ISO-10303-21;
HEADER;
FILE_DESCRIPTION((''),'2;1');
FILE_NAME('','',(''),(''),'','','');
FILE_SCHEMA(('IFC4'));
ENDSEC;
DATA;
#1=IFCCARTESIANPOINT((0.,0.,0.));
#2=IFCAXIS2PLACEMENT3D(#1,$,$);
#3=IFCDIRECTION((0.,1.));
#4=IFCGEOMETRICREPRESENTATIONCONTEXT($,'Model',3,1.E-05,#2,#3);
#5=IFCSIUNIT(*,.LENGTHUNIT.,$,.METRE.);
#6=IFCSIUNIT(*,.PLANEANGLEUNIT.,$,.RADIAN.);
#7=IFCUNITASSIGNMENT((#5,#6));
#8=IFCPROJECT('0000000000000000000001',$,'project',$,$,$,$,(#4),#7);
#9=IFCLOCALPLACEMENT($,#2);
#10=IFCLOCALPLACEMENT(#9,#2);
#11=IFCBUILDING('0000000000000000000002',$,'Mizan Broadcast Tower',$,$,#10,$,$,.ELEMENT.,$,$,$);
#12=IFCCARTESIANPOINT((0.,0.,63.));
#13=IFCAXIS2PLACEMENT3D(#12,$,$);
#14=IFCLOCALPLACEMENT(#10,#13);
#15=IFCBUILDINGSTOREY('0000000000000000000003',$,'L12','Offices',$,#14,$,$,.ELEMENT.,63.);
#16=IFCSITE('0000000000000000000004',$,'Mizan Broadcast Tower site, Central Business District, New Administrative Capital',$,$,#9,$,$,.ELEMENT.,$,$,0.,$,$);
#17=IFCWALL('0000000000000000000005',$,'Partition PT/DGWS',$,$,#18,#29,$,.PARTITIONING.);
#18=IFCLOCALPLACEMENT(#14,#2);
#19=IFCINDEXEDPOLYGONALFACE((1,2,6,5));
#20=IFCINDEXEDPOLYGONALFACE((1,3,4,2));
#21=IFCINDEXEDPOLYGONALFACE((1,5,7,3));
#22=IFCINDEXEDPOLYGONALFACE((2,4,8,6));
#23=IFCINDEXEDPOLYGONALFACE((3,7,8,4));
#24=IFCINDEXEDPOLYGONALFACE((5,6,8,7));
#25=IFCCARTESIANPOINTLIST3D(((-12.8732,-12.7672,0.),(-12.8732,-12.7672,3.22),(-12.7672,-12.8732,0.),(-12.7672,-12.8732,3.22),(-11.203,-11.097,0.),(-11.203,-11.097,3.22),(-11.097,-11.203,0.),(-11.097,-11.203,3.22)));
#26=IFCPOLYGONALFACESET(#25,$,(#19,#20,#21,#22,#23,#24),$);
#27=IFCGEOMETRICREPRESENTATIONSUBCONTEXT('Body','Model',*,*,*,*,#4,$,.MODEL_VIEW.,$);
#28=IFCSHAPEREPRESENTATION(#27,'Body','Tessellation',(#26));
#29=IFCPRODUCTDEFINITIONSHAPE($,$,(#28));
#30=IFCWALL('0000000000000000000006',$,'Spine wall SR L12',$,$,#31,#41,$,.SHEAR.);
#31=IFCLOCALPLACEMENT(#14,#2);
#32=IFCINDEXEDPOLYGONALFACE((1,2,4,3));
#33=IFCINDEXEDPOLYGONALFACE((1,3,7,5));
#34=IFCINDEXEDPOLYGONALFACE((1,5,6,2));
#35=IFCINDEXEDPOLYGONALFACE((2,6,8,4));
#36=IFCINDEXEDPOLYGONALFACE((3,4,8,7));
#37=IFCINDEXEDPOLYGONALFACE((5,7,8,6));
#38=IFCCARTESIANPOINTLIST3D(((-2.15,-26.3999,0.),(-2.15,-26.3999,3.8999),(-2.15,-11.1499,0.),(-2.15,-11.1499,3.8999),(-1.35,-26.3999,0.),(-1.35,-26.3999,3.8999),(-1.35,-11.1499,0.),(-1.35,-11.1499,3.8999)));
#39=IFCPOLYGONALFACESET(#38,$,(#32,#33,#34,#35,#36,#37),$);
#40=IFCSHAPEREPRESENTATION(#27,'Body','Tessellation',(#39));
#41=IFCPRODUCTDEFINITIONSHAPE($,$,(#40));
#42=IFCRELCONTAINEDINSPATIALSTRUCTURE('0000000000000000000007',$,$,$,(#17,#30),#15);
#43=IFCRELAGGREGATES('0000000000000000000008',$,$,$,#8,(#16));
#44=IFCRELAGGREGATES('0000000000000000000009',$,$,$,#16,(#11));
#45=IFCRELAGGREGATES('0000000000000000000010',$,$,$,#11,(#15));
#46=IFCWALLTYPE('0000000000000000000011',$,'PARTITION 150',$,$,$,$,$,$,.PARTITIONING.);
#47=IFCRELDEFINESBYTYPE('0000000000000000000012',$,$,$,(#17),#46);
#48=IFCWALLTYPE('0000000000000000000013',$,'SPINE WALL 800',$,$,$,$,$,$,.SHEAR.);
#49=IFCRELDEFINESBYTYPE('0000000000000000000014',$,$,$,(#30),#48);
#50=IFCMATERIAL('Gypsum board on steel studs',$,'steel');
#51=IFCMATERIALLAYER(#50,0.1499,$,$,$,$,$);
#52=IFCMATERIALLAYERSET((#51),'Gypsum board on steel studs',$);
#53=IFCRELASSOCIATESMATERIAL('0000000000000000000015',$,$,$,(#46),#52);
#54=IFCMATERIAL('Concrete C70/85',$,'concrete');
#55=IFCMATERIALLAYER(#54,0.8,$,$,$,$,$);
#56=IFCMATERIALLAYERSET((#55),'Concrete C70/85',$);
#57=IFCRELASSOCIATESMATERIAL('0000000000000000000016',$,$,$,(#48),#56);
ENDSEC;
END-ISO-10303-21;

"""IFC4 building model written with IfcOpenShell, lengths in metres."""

from ifc_helpers import new_model, si_unit, direction, frame, frame_2d, origin, place, context, subcontext, project, spatial, rectangle, extrude, material, layer, layer_set, type_object, element, save


model = new_model("IFC4")

# Units and contexts
model_context = context("Model", 3, precision=1e-05, world=origin(), true_north=direction((0.0, 1.0)))
body_context = subcontext(model_context, "Body", "Model", "MODEL_VIEW")
ifc_project = project(units=[si_unit("LENGTHUNIT", "METRE"), si_unit("PLANEANGLEUNIT", "RADIAN")], contexts=[model_context])

# Site, building, storey
site_placement = place(None, origin())
site = spatial("IfcSite", under=ifc_project, at=site_placement, Name="Mizan Broadcast Tower site, Central Business District, New Administrative Capital", CompositionType="ELEMENT", RefElevation=0.0)
building_placement = place(site_placement, origin())
building = spatial("IfcBuilding", under=site, at=building_placement, Name="Mizan Broadcast Tower", CompositionType="ELEMENT")
storey_placement = place(building_placement, frame((0.0, 0.0, 63.0)))
storey = spatial("IfcBuildingStorey", under=building, at=storey_placement, Name="L12", Description="Offices", CompositionType="ELEMENT", Elevation=63.0)

# Walls
ifc_material_1 = material(Name="Gypsum board on steel studs", Category="steel")
ifc_layer_1 = layer(ifc_material_1, 0.1499)
ifc_layer_set_1 = layer_set([ifc_layer_1], Name="Gypsum board on steel studs")
wall_type_1 = type_object("IfcWallType", Name="PARTITION 150", PredefinedType="PARTITIONING", material=ifc_layer_set_1)
wall_1_placement = place(storey_placement, frame((-11.1499, -11.1499, 0.0), z_axis=(0.0, 0.0, 1.0), x_axis=(-0.707107, -0.707107, 0.0)))
element("IfcWall", 1, at=wall_1_placement, inside=storey, type_object=wall_type_1, Name="Partition PT/DGWS", PredefinedType="PARTITIONING", context=body_context, shape_type="SweptSolid", body=[
    extrude(rectangle(XDim=2.3621, YDim=0.1499, at=frame_2d((1.1812, 0.0))), origin(), (0.0, 0.0, 1.0), 3.22),
])
ifc_material_2 = material(Name="Concrete C70/85", Category="concrete")
ifc_layer_2 = layer(ifc_material_2, 0.8)
ifc_layer_set_2 = layer_set([ifc_layer_2], Name="Concrete C70/85")
wall_type_2 = type_object("IfcWallType", Name="SPINE WALL 800", PredefinedType="SHEAR", material=ifc_layer_set_2)
wall_2_placement = place(storey_placement, frame((-1.75, -11.1499, 0.0), z_axis=(0.0, 0.0, 1.0), x_axis=(0.0, -1.0, 0.0)))
element("IfcWall", 2, at=wall_2_placement, inside=storey, type_object=wall_type_2, Name="Spine wall SR L12", PredefinedType="SHEAR", context=body_context, shape_type="SweptSolid", body=[
    extrude(rectangle(XDim=15.25, YDim=0.8, at=frame_2d((7.625, 0.0))), origin(), (0.0, 0.0, 1.0), 3.8999),
])

save(model, "model.ifc")
